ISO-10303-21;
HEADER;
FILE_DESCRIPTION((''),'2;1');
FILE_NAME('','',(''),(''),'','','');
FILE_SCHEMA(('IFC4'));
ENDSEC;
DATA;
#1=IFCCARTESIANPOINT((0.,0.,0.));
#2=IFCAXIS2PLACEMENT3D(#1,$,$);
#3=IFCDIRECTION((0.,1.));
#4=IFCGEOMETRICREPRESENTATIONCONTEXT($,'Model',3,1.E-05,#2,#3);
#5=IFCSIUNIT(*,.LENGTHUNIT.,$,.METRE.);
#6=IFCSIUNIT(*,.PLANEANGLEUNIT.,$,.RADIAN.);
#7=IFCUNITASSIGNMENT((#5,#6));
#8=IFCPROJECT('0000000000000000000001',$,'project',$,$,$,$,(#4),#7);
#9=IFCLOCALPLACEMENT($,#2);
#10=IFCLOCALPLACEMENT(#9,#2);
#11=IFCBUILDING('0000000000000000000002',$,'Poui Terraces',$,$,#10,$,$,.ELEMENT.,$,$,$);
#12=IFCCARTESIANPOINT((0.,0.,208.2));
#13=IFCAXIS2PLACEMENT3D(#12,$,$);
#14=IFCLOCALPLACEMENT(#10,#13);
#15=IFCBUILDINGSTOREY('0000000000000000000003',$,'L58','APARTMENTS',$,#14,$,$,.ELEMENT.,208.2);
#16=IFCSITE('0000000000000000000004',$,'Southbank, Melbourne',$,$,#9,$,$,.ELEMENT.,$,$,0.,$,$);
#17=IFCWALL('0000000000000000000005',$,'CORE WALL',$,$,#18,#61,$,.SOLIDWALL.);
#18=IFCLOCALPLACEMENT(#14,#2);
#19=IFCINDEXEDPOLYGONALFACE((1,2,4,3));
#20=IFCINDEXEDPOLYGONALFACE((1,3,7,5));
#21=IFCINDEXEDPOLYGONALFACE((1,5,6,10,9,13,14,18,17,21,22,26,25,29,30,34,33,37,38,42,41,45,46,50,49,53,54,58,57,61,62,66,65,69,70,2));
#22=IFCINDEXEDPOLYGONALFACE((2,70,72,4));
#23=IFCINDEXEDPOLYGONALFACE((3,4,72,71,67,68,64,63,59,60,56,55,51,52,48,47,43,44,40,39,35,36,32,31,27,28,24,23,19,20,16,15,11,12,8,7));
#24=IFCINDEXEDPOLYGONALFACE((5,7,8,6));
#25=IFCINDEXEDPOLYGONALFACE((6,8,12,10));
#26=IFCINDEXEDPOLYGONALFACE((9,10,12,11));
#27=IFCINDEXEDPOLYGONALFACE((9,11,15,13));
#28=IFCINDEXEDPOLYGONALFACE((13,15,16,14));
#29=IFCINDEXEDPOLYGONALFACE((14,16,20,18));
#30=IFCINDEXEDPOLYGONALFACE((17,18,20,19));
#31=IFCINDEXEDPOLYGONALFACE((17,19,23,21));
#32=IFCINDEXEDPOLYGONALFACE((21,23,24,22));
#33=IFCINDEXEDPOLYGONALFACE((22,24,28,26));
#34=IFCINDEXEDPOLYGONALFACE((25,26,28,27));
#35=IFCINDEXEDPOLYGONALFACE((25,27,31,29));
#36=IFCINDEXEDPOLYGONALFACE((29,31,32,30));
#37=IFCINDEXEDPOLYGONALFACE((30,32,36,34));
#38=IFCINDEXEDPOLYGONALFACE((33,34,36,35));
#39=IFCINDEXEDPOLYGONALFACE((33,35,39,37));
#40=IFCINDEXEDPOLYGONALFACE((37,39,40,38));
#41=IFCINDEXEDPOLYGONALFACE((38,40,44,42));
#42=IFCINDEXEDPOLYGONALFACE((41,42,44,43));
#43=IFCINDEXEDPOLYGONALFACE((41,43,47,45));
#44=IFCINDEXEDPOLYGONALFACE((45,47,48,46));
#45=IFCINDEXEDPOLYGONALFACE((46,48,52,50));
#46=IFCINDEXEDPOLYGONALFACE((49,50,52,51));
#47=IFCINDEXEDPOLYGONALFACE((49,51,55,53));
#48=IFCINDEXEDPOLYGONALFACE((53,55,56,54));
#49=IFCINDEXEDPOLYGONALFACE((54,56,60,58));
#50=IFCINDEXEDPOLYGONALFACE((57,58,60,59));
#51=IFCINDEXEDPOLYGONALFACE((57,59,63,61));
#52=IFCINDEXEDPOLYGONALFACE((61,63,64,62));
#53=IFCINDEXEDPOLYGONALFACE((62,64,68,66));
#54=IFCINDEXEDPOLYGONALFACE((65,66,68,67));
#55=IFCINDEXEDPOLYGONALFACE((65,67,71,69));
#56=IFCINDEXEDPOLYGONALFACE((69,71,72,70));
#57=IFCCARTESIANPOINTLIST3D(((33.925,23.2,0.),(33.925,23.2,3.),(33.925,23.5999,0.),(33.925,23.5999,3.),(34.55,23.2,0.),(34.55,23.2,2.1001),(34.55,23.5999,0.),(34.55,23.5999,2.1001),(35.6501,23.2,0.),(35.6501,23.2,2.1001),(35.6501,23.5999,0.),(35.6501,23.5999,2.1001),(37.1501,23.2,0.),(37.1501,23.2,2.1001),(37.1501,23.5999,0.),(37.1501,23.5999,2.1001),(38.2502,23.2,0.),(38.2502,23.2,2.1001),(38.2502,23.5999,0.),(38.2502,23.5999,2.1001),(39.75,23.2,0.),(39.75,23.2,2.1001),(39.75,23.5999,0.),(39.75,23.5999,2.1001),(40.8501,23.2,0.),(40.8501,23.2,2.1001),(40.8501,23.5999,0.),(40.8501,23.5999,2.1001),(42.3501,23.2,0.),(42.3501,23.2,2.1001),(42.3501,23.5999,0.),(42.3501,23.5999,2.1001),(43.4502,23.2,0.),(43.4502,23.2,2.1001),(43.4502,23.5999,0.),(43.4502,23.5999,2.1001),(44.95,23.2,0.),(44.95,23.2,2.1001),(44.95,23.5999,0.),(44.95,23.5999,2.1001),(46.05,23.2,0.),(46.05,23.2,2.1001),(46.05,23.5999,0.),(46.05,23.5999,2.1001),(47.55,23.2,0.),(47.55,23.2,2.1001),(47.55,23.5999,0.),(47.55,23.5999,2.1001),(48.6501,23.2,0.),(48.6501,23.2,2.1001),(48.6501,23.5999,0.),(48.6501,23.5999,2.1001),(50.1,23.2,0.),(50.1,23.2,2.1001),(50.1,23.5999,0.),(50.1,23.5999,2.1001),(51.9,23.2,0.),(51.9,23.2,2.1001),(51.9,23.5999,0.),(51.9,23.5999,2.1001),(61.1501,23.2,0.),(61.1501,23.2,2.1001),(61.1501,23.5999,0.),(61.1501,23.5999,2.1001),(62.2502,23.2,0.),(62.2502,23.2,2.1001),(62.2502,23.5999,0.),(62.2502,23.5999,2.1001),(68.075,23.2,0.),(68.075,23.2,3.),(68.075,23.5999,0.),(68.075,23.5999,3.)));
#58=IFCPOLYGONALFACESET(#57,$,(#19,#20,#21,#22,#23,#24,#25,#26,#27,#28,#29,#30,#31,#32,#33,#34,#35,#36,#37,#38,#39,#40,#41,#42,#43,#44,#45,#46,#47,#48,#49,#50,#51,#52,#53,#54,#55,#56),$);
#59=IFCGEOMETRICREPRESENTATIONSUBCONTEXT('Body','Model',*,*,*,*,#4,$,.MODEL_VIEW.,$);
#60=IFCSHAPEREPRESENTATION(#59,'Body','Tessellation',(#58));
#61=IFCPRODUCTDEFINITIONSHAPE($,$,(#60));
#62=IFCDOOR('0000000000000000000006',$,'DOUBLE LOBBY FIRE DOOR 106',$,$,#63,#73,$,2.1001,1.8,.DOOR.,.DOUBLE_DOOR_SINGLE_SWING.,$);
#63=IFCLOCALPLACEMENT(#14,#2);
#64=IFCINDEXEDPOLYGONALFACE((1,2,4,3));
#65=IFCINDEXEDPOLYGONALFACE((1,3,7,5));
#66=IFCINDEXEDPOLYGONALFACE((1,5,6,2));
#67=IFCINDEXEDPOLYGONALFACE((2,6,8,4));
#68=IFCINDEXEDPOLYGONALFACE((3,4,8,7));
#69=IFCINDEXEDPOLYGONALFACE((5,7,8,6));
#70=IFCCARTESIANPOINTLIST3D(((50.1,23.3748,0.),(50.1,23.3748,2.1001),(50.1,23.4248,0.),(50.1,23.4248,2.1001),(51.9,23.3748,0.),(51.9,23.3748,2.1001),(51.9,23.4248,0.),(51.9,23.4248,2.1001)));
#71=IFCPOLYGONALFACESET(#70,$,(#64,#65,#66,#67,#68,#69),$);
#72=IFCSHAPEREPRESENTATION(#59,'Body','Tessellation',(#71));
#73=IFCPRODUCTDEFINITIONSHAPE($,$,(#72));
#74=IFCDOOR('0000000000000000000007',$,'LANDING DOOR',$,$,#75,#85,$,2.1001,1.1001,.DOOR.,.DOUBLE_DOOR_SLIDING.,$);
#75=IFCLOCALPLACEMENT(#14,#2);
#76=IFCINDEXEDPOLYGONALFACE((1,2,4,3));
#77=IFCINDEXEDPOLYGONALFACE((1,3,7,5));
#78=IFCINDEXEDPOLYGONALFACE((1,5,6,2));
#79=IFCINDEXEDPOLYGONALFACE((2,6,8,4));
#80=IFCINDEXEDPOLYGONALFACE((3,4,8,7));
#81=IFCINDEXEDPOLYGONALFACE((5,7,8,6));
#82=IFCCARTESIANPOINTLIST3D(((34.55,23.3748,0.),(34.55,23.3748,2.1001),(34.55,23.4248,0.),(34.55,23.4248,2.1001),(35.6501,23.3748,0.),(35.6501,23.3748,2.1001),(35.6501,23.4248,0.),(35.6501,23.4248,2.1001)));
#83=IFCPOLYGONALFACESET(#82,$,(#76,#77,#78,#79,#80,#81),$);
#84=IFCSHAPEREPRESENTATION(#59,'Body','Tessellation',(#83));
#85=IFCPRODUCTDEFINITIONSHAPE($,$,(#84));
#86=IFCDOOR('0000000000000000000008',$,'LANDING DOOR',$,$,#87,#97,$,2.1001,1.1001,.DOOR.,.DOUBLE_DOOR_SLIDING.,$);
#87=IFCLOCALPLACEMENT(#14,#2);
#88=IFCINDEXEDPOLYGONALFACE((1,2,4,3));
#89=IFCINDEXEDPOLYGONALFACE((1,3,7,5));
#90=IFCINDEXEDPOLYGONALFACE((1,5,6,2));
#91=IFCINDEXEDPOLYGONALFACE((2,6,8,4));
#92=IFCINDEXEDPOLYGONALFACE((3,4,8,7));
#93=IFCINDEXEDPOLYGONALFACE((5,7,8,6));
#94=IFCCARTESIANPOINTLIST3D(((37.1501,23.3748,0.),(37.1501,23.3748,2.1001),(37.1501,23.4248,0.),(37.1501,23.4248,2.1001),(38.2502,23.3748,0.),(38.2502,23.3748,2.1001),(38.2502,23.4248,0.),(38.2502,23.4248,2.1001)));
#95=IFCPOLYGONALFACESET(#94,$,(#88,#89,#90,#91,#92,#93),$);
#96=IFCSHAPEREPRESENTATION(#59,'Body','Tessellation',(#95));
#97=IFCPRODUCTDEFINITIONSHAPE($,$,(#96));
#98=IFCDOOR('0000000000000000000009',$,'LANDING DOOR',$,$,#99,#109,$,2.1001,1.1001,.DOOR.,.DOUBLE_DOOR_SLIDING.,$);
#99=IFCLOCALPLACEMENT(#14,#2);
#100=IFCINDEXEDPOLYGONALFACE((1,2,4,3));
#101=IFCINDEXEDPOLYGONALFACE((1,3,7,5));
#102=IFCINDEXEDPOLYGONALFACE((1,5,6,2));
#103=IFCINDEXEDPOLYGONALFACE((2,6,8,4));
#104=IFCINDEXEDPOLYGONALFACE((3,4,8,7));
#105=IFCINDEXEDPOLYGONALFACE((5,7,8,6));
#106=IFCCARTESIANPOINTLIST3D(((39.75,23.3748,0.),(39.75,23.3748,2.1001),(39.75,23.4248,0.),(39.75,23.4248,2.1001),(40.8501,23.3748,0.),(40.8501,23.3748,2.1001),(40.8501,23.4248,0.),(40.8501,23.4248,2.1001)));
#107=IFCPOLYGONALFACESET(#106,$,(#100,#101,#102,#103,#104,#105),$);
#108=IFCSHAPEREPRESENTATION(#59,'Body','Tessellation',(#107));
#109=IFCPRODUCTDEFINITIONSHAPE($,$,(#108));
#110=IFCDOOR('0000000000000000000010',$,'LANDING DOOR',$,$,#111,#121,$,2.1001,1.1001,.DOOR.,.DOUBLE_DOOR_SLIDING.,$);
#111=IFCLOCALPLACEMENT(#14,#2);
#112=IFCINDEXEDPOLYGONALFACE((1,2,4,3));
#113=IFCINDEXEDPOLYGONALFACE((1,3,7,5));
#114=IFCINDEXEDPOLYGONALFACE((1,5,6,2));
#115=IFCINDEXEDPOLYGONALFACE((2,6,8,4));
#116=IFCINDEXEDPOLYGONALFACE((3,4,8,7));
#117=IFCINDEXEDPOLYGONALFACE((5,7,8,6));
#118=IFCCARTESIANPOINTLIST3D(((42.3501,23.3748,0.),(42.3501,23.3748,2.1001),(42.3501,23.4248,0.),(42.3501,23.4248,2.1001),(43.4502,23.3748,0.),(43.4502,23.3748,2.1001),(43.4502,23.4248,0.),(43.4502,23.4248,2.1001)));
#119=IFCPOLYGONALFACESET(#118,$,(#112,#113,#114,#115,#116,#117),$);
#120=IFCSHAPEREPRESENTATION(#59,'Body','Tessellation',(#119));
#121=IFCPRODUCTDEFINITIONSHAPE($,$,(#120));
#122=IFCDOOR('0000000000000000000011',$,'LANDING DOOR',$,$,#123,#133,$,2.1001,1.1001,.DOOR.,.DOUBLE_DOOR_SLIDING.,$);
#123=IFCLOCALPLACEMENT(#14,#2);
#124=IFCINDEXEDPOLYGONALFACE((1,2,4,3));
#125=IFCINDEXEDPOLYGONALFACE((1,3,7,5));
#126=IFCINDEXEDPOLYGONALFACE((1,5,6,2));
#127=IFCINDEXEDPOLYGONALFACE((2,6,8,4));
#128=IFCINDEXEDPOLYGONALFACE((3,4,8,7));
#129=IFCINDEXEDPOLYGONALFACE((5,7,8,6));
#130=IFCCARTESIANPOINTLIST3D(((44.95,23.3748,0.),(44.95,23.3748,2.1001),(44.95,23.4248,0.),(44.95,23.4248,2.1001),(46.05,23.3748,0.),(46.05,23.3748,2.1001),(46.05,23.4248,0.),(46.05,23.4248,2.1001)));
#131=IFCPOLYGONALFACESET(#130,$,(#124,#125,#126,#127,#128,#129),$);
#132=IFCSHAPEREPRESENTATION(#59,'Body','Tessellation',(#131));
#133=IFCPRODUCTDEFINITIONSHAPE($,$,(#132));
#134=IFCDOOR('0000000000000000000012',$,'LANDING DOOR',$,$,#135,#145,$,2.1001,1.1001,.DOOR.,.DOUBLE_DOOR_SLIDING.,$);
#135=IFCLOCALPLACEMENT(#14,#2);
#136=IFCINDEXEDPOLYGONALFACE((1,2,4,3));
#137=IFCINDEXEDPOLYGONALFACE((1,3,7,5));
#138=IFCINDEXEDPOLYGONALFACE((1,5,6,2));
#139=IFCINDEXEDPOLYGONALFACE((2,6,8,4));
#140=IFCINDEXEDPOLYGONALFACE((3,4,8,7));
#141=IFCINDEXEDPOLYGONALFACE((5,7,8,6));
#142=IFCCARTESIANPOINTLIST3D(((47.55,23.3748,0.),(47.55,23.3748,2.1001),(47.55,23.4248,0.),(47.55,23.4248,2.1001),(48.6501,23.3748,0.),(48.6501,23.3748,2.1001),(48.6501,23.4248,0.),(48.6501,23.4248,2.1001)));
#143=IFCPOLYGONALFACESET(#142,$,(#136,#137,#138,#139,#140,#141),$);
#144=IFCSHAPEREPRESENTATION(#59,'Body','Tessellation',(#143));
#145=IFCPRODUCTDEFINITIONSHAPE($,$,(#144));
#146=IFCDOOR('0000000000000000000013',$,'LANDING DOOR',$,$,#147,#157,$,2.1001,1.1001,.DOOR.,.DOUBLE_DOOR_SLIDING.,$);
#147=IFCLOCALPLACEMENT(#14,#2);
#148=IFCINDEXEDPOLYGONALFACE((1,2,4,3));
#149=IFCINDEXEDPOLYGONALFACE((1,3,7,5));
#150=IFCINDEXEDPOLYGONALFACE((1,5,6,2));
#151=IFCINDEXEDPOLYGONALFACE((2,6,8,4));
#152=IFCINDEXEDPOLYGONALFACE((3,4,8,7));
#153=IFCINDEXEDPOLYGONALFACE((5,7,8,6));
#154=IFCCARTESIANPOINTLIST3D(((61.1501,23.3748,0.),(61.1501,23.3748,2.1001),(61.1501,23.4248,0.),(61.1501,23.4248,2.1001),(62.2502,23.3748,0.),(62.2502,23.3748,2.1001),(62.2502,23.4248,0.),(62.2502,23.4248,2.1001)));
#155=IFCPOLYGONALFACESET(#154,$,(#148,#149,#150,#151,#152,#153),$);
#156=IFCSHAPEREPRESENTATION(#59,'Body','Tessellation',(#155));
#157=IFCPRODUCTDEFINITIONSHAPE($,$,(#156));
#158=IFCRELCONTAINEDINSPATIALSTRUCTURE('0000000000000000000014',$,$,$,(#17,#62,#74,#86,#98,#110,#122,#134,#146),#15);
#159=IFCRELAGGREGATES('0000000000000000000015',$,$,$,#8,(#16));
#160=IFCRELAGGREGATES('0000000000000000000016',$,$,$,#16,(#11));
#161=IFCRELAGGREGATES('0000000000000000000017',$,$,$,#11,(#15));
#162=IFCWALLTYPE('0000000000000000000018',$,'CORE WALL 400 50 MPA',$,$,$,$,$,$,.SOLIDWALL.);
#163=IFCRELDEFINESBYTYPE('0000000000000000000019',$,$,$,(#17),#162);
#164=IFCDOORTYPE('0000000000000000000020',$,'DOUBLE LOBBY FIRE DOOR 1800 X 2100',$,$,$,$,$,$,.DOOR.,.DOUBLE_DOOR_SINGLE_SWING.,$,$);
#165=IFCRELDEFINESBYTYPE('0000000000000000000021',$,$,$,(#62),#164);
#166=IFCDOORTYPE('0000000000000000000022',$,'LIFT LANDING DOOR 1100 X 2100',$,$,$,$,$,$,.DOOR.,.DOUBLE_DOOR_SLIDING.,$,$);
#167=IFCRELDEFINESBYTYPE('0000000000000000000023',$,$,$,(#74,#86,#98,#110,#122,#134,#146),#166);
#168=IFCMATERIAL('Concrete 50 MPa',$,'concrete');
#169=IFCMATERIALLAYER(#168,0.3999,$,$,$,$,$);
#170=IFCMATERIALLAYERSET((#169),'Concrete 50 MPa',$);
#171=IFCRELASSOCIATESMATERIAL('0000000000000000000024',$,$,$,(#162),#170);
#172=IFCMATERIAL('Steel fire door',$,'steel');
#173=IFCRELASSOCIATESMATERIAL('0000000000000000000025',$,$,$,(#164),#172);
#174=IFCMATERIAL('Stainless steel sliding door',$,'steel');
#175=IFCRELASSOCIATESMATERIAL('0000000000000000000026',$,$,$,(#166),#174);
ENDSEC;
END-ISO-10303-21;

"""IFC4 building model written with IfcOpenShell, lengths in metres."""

from ifc_helpers import new_model, si_unit, direction, frame, frame_2d, origin, place, context, subcontext, project, spatial, rectangle, extrude, material, layer, layer_set, type_object, element, fill, save


model = new_model("IFC4")

# Units and contexts
model_context = context("Model", 3, precision=1e-05, world=origin(), true_north=direction((0.0, 1.0)))
body_context = subcontext(model_context, "Body", "Model", "MODEL_VIEW")
ifc_project = project(units=[si_unit("LENGTHUNIT", "METRE"), si_unit("PLANEANGLEUNIT", "RADIAN")], contexts=[model_context])

# Site, building, storey
site_placement = place(None, origin())
site = spatial("IfcSite", under=ifc_project, at=site_placement, Name="Southbank, Melbourne", CompositionType="ELEMENT", RefElevation=0.0)
building_placement = place(site_placement, origin())
building = spatial("IfcBuilding", under=site, at=building_placement, Name="Poui Terraces", CompositionType="ELEMENT")
storey_placement = place(building_placement, frame((0.0, 0.0, 208.2)))
storey = spatial("IfcBuildingStorey", under=building, at=storey_placement, Name="L58", Description="APARTMENTS", CompositionType="ELEMENT", Elevation=208.2)

# Wall, openings, doors
ifc_material_1 = material(Name="Concrete 50 MPa", Category="concrete")
ifc_layer_1 = layer(ifc_material_1, 0.3999)
ifc_layer_set_1 = layer_set([ifc_layer_1], Name="Concrete 50 MPa")
wall_type_1 = type_object("IfcWallType", Name="CORE WALL 400 50 MPA", PredefinedType="SOLIDWALL", material=ifc_layer_set_1)
ifc_material_2 = material(Name="Steel fire door", Category="steel")
door_type_1 = type_object("IfcDoorType", Name="DOUBLE LOBBY FIRE DOOR 1800 X 2100", OperationType="DOUBLE_DOOR_SINGLE_SWING", PredefinedType="DOOR", material=ifc_material_2)
wall_1_placement = place(storey_placement, frame((33.925, 23.3999, 0.0), z_axis=(0.0, 0.0, 1.0), x_axis=(1.0, 0.0, 0.0)))
wall_1 = element("IfcWall", 1, at=wall_1_placement, inside=storey, type_object=wall_type_1, Name="CORE WALL", PredefinedType="SOLIDWALL", context=body_context, shape_type="SweptSolid", body=[
    extrude(rectangle(XDim=34.1499, YDim=0.3999, at=frame_2d((17.075, 0.0))), origin(), (0.0, 0.0, 1.0), 3.0),
])
opening_1_placement = place(wall_1_placement, frame((16.175, 0.0, 0.0)))
opening_1 = element("IfcOpeningElement", 2, at=opening_1_placement, cuts=wall_1, PredefinedType="OPENING", context=body_context, shape_type="SweptSolid", body=[
    extrude(rectangle(XDim=1.8, YDim=2.1001, at=frame_2d((0.8999, 1.05))), frame((0.0, 0.21, 0.0), z_axis=(0.0, -1.0, 0.0), x_axis=(1.0, 0.0, 0.0)), (0.0, 0.0, 1.0), 0.4199),
])
opening_2_placement = place(wall_1_placement, frame((0.625, 0.0, 0.0)))
opening_2 = element("IfcOpeningElement", 3, at=opening_2_placement, cuts=wall_1, PredefinedType="OPENING", context=body_context, shape_type="SweptSolid", body=[
    extrude(rectangle(XDim=1.1001, YDim=2.1001, at=frame_2d((0.55, 1.05))), frame((0.0, 0.21, 0.0), z_axis=(0.0, -1.0, 0.0), x_axis=(1.0, 0.0, 0.0)), (0.0, 0.0, 1.0), 0.4199),
])
opening_3_placement = place(wall_1_placement, frame((3.2251, 0.0, 0.0)))
opening_3 = element("IfcOpeningElement", 4, at=opening_3_placement, cuts=wall_1, PredefinedType="OPENING", context=body_context, shape_type="SweptSolid", body=[
    extrude(rectangle(XDim=1.1001, YDim=2.1001, at=frame_2d((0.55, 1.05))), frame((0.0, 0.21, 0.0), z_axis=(0.0, -1.0, 0.0), x_axis=(1.0, 0.0, 0.0)), (0.0, 0.0, 1.0), 0.4199),
])
opening_4_placement = place(wall_1_placement, frame((5.825, 0.0, 0.0)))
opening_4 = element("IfcOpeningElement", 5, at=opening_4_placement, cuts=wall_1, PredefinedType="OPENING", context=body_context, shape_type="SweptSolid", body=[
    extrude(rectangle(XDim=1.1001, YDim=2.1001, at=frame_2d((0.55, 1.05))), frame((0.0, 0.21, 0.0), z_axis=(0.0, -1.0, 0.0), x_axis=(1.0, 0.0, 0.0)), (0.0, 0.0, 1.0), 0.4199),
])
opening_5_placement = place(wall_1_placement, frame((8.425, 0.0, 0.0)))
opening_5 = element("IfcOpeningElement", 6, at=opening_5_placement, cuts=wall_1, PredefinedType="OPENING", context=body_context, shape_type="SweptSolid", body=[
    extrude(rectangle(XDim=1.1001, YDim=2.1001, at=frame_2d((0.55, 1.05))), frame((0.0, 0.21, 0.0), z_axis=(0.0, -1.0, 0.0), x_axis=(1.0, 0.0, 0.0)), (0.0, 0.0, 1.0), 0.4199),
])
opening_6_placement = place(wall_1_placement, frame((11.0249, 0.0, 0.0)))
opening_6 = element("IfcOpeningElement", 7, at=opening_6_placement, cuts=wall_1, PredefinedType="OPENING", context=body_context, shape_type="SweptSolid", body=[
    extrude(rectangle(XDim=1.1001, YDim=2.1001, at=frame_2d((0.55, 1.05))), frame((0.0, 0.21, 0.0), z_axis=(0.0, -1.0, 0.0), x_axis=(1.0, 0.0, 0.0)), (0.0, 0.0, 1.0), 0.4199),
])
opening_7_placement = place(wall_1_placement, frame((13.625, 0.0, 0.0)))
opening_7 = element("IfcOpeningElement", 8, at=opening_7_placement, cuts=wall_1, PredefinedType="OPENING", context=body_context, shape_type="SweptSolid", body=[
    extrude(rectangle(XDim=1.1001, YDim=2.1001, at=frame_2d((0.55, 1.05))), frame((0.0, 0.21, 0.0), z_axis=(0.0, -1.0, 0.0), x_axis=(1.0, 0.0, 0.0)), (0.0, 0.0, 1.0), 0.4199),
])
opening_8_placement = place(wall_1_placement, frame((27.2251, 0.0, 0.0)))
opening_8 = element("IfcOpeningElement", 9, at=opening_8_placement, cuts=wall_1, PredefinedType="OPENING", context=body_context, shape_type="SweptSolid", body=[
    extrude(rectangle(XDim=1.1001, YDim=2.1001, at=frame_2d((0.55, 1.05))), frame((0.0, 0.21, 0.0), z_axis=(0.0, -1.0, 0.0), x_axis=(1.0, 0.0, 0.0)), (0.0, 0.0, 1.0), 0.4199),
])
door_1_placement = place(opening_1_placement, origin())
door_1 = element("IfcDoor", 10, at=door_1_placement, inside=storey, type_object=door_type_1, Name="DOUBLE LOBBY FIRE DOOR 106", OperationType="DOUBLE_DOOR_SINGLE_SWING", OverallHeight=2.1001, OverallWidth=1.8, PredefinedType="DOOR", context=body_context, shape_type="SweptSolid", body=[
    extrude(rectangle(XDim=1.8, YDim=2.1001, at=frame_2d((0.8999, 1.05))), frame((0.0, 0.0249, 0.0), z_axis=(0.0, -1.0, 0.0), x_axis=(1.0, 0.0, 0.0)), (0.0, 0.0, 1.0), 0.05),
])
fill(opening_1, door_1)
ifc_material_3 = material(Name="Stainless steel sliding door", Category="steel")
door_type_2 = type_object("IfcDoorType", Name="LIFT LANDING DOOR 1100 X 2100", OperationType="DOUBLE_DOOR_SLIDING", PredefinedType="DOOR", material=ifc_material_3)
door_2_placement = place(opening_2_placement, origin())
door_2 = element("IfcDoor", 11, at=door_2_placement, inside=storey, type_object=door_type_2, Name="LANDING DOOR", OperationType="DOUBLE_DOOR_SLIDING", OverallHeight=2.1001, OverallWidth=1.1001, PredefinedType="DOOR", context=body_context, shape_type="SweptSolid", body=[
    extrude(rectangle(XDim=1.1001, YDim=2.1001, at=frame_2d((0.55, 1.05))), frame((0.0, 0.0249, 0.0), z_axis=(0.0, -1.0, 0.0), x_axis=(1.0, 0.0, 0.0)), (0.0, 0.0, 1.0), 0.05),
])
fill(opening_2, door_2)
door_3_placement = place(opening_3_placement, origin())
door_3 = element("IfcDoor", 12, at=door_3_placement, inside=storey, type_object=door_type_2, Name="LANDING DOOR", OperationType="DOUBLE_DOOR_SLIDING", OverallHeight=2.1001, OverallWidth=1.1001, PredefinedType="DOOR", context=body_context, shape_type="SweptSolid", body=[
    extrude(rectangle(XDim=1.1001, YDim=2.1001, at=frame_2d((0.55, 1.05))), frame((0.0, 0.0249, 0.0), z_axis=(0.0, -1.0, 0.0), x_axis=(1.0, 0.0, 0.0)), (0.0, 0.0, 1.0), 0.05),
])
fill(opening_3, door_3)
door_4_placement = place(opening_4_placement, origin())
door_4 = element("IfcDoor", 13, at=door_4_placement, inside=storey, type_object=door_type_2, Name="LANDING DOOR", OperationType="DOUBLE_DOOR_SLIDING", OverallHeight=2.1001, OverallWidth=1.1001, PredefinedType="DOOR", context=body_context, shape_type="SweptSolid", body=[
    extrude(rectangle(XDim=1.1001, YDim=2.1001, at=frame_2d((0.55, 1.05))), frame((0.0, 0.0249, 0.0), z_axis=(0.0, -1.0, 0.0), x_axis=(1.0, 0.0, 0.0)), (0.0, 0.0, 1.0), 0.05),
])
fill(opening_4, door_4)
door_5_placement = place(opening_5_placement, origin())
door_5 = element("IfcDoor", 14, at=door_5_placement, inside=storey, type_object=door_type_2, Name="LANDING DOOR", OperationType="DOUBLE_DOOR_SLIDING", OverallHeight=2.1001, OverallWidth=1.1001, PredefinedType="DOOR", context=body_context, shape_type="SweptSolid", body=[
    extrude(rectangle(XDim=1.1001, YDim=2.1001, at=frame_2d((0.55, 1.05))), frame((0.0, 0.0249, 0.0), z_axis=(0.0, -1.0, 0.0), x_axis=(1.0, 0.0, 0.0)), (0.0, 0.0, 1.0), 0.05),
])
fill(opening_5, door_5)
door_6_placement = place(opening_6_placement, origin())
door_6 = element("IfcDoor", 15, at=door_6_placement, inside=storey, type_object=door_type_2, Name="LANDING DOOR", OperationType="DOUBLE_DOOR_SLIDING", OverallHeight=2.1001, OverallWidth=1.1001, PredefinedType="DOOR", context=body_context, shape_type="SweptSolid", body=[
    extrude(rectangle(XDim=1.1001, YDim=2.1001, at=frame_2d((0.55, 1.05))), frame((0.0, 0.0249, 0.0), z_axis=(0.0, -1.0, 0.0), x_axis=(1.0, 0.0, 0.0)), (0.0, 0.0, 1.0), 0.05),
])
fill(opening_6, door_6)
door_7_placement = place(opening_7_placement, origin())
door_7 = element("IfcDoor", 16, at=door_7_placement, inside=storey, type_object=door_type_2, Name="LANDING DOOR", OperationType="DOUBLE_DOOR_SLIDING", OverallHeight=2.1001, OverallWidth=1.1001, PredefinedType="DOOR", context=body_context, shape_type="SweptSolid", body=[
    extrude(rectangle(XDim=1.1001, YDim=2.1001, at=frame_2d((0.55, 1.05))), frame((0.0, 0.0249, 0.0), z_axis=(0.0, -1.0, 0.0), x_axis=(1.0, 0.0, 0.0)), (0.0, 0.0, 1.0), 0.05),
])
fill(opening_7, door_7)
door_8_placement = place(opening_8_placement, origin())
door_8 = element("IfcDoor", 17, at=door_8_placement, inside=storey, type_object=door_type_2, Name="LANDING DOOR", OperationType="DOUBLE_DOOR_SLIDING", OverallHeight=2.1001, OverallWidth=1.1001, PredefinedType="DOOR", context=body_context, shape_type="SweptSolid", body=[
    extrude(rectangle(XDim=1.1001, YDim=2.1001, at=frame_2d((0.55, 1.05))), frame((0.0, 0.0249, 0.0), z_axis=(0.0, -1.0, 0.0), x_axis=(1.0, 0.0, 0.0)), (0.0, 0.0, 1.0), 0.05),
])
fill(opening_8, door_8)

save(model, "model.ifc")
